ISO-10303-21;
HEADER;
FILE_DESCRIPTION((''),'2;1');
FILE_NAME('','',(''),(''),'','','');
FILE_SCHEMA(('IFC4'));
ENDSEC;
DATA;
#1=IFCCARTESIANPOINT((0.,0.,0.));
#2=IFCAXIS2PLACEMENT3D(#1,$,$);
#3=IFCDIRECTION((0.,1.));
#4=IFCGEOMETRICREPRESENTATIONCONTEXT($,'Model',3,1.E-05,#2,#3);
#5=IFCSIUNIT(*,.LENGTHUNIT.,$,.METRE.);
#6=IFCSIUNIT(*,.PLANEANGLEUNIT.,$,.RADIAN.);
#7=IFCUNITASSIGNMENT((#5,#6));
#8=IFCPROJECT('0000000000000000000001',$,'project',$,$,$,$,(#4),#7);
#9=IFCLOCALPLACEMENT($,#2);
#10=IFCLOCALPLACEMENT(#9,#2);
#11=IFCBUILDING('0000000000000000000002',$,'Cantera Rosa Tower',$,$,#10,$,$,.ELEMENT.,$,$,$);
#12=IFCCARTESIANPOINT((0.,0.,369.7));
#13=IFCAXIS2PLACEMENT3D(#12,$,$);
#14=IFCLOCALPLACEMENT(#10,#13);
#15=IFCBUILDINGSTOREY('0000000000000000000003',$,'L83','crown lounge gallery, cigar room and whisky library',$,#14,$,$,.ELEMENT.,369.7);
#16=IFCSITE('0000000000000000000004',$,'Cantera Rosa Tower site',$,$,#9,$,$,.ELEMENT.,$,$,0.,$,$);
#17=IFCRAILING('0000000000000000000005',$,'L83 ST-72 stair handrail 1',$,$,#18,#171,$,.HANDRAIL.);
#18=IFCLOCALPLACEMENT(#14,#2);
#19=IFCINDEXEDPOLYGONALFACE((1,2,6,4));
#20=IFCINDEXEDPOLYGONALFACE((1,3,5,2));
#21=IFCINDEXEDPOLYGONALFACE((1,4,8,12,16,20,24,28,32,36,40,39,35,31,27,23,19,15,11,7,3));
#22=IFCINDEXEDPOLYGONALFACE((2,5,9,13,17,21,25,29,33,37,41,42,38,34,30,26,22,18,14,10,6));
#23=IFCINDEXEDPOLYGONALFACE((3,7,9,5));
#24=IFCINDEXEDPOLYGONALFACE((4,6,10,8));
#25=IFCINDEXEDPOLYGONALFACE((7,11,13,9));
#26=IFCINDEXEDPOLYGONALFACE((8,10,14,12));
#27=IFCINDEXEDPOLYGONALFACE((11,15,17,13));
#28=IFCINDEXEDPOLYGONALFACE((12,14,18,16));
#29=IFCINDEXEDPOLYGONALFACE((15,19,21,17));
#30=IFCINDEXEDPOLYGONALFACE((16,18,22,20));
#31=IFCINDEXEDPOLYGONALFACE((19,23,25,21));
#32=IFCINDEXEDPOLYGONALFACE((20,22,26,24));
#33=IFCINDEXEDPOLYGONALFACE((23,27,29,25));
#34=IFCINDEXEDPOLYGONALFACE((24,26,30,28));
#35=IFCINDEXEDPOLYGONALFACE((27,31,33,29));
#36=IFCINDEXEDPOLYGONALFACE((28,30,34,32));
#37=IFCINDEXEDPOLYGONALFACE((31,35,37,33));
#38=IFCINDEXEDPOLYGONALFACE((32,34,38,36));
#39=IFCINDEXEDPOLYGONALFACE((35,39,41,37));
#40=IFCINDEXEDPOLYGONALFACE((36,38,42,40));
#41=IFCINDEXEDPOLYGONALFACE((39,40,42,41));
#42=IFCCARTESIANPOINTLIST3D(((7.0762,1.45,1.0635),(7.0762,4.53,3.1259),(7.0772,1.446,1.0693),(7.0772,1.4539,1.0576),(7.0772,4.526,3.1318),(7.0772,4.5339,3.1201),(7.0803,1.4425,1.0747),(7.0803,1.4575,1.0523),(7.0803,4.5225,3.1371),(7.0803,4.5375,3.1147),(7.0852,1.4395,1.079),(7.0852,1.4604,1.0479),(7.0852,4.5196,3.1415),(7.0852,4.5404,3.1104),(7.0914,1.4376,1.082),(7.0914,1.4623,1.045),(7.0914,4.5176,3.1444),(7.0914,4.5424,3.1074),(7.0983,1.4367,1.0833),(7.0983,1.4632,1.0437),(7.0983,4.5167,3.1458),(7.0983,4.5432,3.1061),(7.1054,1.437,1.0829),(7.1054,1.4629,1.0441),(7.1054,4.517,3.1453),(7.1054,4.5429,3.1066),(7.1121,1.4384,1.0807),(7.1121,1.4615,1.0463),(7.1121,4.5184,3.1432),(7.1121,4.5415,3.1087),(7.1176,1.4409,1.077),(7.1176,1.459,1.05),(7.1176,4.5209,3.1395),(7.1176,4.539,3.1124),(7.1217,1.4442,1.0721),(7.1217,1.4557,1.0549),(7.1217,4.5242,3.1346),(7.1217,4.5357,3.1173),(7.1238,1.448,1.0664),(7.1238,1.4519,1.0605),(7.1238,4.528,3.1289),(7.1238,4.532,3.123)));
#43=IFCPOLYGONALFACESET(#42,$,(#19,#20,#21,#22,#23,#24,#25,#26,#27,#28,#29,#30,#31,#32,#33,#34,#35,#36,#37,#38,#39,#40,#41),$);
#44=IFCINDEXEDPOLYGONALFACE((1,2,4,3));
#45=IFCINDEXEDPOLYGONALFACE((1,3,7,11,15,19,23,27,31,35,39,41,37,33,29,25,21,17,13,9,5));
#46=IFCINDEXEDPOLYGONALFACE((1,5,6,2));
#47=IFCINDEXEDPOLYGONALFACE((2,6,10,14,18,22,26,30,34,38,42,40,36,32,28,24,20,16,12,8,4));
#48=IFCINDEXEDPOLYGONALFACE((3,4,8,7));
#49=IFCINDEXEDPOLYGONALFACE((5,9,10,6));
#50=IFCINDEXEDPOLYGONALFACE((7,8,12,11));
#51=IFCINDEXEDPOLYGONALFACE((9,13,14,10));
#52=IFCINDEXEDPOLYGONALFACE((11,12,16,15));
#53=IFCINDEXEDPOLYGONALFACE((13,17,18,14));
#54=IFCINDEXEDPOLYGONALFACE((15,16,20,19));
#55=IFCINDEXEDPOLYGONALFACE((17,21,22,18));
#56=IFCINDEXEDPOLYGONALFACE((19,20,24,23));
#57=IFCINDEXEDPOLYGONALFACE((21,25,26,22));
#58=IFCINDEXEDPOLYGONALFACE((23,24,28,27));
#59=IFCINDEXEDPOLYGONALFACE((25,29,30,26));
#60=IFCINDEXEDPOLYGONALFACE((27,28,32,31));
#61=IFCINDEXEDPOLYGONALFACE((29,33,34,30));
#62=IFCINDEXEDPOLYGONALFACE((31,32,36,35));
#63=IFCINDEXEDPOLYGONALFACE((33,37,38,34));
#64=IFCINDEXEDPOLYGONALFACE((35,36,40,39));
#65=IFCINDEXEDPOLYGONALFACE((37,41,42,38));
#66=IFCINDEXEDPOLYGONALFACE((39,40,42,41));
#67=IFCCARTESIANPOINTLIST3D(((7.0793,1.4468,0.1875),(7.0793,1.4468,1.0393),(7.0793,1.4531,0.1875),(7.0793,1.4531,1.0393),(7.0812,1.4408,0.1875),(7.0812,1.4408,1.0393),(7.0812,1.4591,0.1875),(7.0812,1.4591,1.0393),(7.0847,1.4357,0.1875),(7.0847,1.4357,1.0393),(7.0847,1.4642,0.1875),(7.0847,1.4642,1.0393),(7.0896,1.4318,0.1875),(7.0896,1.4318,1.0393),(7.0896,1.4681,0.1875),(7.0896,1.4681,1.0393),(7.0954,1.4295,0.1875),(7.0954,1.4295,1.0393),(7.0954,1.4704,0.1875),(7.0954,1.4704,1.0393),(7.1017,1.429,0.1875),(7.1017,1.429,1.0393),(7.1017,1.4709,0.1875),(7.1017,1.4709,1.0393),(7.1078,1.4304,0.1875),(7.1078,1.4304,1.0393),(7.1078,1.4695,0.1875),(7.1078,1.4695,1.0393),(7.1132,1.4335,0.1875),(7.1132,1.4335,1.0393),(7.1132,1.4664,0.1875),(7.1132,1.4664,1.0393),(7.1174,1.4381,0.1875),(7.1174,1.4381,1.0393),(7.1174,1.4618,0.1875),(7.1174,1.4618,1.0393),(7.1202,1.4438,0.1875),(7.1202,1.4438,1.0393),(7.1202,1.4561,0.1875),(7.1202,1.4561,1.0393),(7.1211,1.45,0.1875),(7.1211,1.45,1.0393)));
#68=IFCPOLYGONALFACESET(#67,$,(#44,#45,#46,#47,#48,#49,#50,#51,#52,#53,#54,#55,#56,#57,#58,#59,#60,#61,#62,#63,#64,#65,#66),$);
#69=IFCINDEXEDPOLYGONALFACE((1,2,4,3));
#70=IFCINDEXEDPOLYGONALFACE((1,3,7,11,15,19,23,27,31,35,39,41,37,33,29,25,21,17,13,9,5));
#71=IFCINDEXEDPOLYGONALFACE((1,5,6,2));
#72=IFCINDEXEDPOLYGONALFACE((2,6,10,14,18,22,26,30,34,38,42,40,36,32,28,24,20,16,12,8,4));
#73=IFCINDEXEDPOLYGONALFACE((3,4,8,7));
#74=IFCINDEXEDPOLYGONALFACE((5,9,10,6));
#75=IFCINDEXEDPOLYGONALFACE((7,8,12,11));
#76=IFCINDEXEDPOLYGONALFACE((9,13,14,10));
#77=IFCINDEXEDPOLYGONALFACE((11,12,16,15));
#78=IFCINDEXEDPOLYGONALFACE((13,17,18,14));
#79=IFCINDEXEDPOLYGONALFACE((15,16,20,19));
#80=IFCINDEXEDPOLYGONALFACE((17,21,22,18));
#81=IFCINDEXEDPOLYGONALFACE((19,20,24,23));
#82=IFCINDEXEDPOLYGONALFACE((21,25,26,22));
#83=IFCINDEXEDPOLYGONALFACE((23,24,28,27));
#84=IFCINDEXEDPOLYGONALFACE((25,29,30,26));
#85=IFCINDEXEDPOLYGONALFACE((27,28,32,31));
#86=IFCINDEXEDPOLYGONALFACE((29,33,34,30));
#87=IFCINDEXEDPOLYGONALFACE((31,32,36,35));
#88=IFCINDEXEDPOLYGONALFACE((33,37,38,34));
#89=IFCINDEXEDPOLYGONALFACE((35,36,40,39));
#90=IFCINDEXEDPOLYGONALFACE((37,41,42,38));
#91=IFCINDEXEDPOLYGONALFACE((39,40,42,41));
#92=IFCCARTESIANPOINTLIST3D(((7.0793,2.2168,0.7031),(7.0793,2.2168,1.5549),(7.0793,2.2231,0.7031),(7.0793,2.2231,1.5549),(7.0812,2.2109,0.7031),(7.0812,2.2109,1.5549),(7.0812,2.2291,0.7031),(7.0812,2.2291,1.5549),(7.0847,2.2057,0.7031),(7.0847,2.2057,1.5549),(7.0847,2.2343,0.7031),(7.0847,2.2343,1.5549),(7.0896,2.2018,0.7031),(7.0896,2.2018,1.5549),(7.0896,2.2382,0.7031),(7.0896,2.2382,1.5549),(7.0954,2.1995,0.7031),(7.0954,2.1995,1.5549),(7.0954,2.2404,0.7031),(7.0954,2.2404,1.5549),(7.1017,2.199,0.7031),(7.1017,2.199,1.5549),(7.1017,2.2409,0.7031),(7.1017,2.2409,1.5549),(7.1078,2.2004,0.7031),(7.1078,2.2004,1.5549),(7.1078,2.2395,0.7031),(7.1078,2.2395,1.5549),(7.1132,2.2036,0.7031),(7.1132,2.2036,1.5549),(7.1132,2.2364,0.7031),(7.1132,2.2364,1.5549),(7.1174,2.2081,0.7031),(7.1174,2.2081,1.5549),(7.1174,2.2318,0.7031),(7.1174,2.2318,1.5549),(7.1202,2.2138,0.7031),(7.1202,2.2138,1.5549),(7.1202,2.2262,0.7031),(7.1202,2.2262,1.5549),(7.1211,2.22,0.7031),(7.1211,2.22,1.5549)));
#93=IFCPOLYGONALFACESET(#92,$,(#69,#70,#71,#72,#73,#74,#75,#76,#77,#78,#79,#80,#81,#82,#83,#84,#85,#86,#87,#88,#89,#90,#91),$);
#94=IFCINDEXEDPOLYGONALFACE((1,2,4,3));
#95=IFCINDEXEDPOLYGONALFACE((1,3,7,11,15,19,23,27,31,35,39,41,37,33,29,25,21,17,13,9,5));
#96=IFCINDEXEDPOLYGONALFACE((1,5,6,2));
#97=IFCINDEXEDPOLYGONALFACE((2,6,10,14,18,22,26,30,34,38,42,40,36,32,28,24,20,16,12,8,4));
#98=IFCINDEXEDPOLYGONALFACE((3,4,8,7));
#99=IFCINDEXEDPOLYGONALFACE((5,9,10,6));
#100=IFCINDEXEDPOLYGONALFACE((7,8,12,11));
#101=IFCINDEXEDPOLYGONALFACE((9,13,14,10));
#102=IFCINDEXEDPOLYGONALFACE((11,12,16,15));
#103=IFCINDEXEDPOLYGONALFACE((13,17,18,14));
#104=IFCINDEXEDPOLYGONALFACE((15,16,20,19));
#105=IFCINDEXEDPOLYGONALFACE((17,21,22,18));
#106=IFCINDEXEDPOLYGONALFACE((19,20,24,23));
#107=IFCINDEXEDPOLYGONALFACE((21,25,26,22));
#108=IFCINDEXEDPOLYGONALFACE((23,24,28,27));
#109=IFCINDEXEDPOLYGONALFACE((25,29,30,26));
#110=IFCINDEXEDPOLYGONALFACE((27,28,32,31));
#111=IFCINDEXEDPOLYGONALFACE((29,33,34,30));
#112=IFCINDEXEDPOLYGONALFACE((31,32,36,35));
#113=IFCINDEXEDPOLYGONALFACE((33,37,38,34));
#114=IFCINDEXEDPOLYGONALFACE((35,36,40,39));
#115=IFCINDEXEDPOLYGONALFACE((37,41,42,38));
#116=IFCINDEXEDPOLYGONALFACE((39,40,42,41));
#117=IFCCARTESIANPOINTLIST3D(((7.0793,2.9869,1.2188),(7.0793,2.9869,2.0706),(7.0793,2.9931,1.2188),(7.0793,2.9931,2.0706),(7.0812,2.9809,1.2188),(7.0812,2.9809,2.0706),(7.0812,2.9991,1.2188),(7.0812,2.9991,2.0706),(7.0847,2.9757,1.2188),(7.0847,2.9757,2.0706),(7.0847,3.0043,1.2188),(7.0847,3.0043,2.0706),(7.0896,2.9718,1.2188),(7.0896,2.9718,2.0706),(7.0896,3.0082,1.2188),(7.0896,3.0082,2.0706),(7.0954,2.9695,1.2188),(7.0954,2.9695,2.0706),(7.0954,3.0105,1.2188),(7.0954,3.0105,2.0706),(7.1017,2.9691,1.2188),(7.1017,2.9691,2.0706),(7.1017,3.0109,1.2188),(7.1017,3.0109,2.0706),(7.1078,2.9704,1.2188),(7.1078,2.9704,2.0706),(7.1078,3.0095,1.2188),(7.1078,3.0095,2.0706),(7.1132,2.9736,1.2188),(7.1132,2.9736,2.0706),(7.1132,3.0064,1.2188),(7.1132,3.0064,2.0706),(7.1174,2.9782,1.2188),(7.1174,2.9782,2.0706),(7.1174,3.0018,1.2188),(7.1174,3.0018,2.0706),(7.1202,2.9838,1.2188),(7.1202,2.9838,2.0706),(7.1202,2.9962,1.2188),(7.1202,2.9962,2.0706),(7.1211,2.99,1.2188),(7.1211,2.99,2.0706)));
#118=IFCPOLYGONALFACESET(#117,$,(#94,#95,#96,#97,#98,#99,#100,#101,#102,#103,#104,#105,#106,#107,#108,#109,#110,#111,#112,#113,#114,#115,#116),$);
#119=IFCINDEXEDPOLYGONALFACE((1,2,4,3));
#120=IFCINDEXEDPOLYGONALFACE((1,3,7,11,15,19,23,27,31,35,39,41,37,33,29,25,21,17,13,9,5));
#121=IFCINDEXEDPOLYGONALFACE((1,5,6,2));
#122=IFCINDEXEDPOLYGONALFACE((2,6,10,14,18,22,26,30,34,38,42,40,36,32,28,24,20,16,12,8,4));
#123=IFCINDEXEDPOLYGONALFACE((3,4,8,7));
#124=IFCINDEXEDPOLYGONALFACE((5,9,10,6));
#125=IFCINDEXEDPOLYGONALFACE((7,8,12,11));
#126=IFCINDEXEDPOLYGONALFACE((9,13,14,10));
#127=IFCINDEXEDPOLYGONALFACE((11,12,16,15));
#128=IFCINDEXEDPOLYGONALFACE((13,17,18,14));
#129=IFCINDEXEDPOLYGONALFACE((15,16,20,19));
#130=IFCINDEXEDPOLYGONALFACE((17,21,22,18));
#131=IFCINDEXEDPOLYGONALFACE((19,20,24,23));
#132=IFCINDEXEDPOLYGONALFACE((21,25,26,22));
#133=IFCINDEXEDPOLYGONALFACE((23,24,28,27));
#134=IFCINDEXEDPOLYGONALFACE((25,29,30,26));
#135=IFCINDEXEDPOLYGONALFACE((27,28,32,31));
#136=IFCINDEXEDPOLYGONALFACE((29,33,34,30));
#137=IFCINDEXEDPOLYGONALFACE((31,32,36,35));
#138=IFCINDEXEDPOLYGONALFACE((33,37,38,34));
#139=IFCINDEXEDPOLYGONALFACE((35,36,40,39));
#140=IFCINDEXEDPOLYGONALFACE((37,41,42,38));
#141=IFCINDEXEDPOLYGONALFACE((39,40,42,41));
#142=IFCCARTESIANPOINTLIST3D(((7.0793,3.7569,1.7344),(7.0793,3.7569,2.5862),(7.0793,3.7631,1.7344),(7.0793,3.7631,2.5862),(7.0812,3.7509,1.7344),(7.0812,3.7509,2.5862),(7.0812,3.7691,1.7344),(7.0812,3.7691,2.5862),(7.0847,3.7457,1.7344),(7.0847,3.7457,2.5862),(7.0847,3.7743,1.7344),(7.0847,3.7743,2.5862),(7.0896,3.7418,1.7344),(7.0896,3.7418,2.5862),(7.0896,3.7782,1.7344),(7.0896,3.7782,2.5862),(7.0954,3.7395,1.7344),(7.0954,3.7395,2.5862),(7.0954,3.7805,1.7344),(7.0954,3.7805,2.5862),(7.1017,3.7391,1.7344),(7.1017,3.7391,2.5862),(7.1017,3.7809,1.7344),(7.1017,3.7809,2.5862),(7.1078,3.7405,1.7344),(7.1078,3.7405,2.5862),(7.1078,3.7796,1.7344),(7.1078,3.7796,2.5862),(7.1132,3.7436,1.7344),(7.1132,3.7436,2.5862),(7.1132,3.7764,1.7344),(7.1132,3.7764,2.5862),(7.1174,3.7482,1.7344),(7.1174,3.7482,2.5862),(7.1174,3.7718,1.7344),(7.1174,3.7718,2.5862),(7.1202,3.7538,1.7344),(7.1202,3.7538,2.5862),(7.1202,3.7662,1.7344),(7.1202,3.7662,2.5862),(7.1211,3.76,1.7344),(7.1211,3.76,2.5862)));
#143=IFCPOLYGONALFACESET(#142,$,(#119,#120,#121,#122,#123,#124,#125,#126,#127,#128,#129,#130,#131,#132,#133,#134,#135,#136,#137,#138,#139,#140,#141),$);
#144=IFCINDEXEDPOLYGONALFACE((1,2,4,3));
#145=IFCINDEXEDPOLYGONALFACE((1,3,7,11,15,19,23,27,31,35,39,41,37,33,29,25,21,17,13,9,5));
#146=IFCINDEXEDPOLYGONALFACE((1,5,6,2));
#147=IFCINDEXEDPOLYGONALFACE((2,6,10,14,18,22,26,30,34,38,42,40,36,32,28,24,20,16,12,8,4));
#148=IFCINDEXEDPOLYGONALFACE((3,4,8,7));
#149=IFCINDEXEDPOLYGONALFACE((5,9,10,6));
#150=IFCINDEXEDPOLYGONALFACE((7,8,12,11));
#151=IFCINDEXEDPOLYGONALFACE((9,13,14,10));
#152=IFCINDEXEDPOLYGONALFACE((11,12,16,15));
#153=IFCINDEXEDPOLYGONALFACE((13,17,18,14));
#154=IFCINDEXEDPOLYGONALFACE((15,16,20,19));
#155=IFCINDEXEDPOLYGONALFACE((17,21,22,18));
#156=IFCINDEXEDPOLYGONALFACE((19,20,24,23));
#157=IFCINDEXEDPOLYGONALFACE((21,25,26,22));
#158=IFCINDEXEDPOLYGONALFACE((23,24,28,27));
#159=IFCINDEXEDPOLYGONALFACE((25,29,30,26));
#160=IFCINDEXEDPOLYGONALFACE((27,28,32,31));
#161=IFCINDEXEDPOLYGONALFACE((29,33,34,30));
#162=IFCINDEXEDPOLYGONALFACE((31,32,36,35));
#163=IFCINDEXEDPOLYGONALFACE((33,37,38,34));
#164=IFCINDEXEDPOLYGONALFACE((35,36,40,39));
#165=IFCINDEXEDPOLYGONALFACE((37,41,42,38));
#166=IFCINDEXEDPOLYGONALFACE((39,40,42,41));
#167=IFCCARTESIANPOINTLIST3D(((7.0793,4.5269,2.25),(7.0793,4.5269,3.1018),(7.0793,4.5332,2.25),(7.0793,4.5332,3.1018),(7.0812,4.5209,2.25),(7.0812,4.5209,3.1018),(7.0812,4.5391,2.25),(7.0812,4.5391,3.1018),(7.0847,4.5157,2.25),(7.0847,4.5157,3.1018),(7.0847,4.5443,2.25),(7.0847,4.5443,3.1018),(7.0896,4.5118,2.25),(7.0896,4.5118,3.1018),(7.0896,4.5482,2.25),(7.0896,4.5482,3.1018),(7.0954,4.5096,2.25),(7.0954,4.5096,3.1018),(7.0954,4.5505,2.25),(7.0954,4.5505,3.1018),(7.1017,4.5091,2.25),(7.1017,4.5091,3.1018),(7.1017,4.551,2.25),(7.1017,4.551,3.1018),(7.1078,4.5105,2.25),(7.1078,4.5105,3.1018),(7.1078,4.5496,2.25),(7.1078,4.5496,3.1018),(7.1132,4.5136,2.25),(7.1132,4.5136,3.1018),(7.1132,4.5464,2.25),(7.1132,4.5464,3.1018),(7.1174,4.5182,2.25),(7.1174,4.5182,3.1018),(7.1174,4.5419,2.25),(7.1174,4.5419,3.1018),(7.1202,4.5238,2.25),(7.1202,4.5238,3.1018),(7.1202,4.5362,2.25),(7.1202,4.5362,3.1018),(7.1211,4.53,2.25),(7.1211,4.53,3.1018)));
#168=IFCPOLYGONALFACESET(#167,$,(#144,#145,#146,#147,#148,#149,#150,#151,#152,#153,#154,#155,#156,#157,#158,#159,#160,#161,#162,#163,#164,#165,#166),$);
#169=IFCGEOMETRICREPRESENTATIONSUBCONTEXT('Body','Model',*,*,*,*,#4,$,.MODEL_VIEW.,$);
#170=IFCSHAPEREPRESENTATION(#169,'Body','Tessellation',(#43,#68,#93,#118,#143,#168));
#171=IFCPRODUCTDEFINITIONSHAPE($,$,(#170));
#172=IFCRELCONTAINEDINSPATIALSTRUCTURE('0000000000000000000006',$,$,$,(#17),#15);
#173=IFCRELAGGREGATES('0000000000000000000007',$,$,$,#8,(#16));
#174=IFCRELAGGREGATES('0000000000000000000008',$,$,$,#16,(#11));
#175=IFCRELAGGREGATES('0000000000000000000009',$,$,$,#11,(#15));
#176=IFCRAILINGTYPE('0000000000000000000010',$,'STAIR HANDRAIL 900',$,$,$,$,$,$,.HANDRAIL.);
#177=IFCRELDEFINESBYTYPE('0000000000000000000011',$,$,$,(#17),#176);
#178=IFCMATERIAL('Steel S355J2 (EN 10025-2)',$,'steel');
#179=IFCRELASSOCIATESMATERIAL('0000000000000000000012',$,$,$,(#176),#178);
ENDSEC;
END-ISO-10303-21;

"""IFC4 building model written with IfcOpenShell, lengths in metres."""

from ifc_helpers import new_model, si_unit, direction, frame, origin, origin_2d, place, context, subcontext, project, spatial, circle, extrude, material, type_object, element, save


model = new_model("IFC4")

# Units and contexts
model_context = context("Model", 3, precision=1e-05, world=origin(), true_north=direction((0.0, 1.0)))
body_context = subcontext(model_context, "Body", "Model", "MODEL_VIEW")
ifc_project = project(units=[si_unit("LENGTHUNIT", "METRE"), si_unit("PLANEANGLEUNIT", "RADIAN")], contexts=[model_context])

# Site, building, storey
site_placement = place(None, origin())
site = spatial("IfcSite", under=ifc_project, at=site_placement, Name="Cantera Rosa Tower site", CompositionType="ELEMENT", RefElevation=0.0)
building_placement = place(site_placement, origin())
building = spatial("IfcBuilding", under=site, at=building_placement, Name="Cantera Rosa Tower", CompositionType="ELEMENT")
storey_placement = place(building_placement, frame((0.0, 0.0, 369.7)))
storey = spatial("IfcBuildingStorey", under=building, at=storey_placement, Name="L83", Description="crown lounge gallery, cigar room and whisky library", CompositionType="ELEMENT", Elevation=369.7)

# Railing
ifc_material_1 = material(Name="Steel S355J2 (EN 10025-2)", Category="steel")
railing_type_1 = type_object("IfcRailingType", Name="STAIR HANDRAIL 900", PredefinedType="HANDRAIL", material=ifc_material_1)
railing_1_placement = place(storey_placement, frame((7.1001, 1.45, 0.1875)))
element("IfcRailing", 1, at=railing_1_placement, inside=storey, type_object=railing_type_1, Name="L83 ST-72 stair handrail 1", PredefinedType="HANDRAIL", context=body_context, shape_type="SweptSolid", body=[
    extrude(circle(Radius=0.0239, at=origin_2d()), frame((0.0, 0.0, 0.876), z_axis=(0.0, 0.830914, 0.556401), x_axis=(-1.0, 0.0, 0.0)), (0.0, 0.0, 1.0), 3.7068),
    extrude(circle(Radius=0.021, at=origin_2d()), origin(), (0.0, 0.0, 1.0), 0.8518),
    extrude(circle(Radius=0.021, at=origin_2d()), frame((0.0, 0.77, 0.5156)), (0.0, 0.0, 1.0), 0.8518),
    extrude(circle(Radius=0.021, at=origin_2d()), frame((0.0, 1.54, 1.0312)), (0.0, 0.0, 1.0), 0.8518),
    extrude(circle(Radius=0.021, at=origin_2d()), frame((0.0, 2.3101, 1.5469)), (0.0, 0.0, 1.0), 0.8518),
    extrude(circle(Radius=0.021, at=origin_2d()), frame((0.0, 3.0801, 2.0625)), (0.0, 0.0, 1.0), 0.8518),
])

save(model, "model.ifc")
